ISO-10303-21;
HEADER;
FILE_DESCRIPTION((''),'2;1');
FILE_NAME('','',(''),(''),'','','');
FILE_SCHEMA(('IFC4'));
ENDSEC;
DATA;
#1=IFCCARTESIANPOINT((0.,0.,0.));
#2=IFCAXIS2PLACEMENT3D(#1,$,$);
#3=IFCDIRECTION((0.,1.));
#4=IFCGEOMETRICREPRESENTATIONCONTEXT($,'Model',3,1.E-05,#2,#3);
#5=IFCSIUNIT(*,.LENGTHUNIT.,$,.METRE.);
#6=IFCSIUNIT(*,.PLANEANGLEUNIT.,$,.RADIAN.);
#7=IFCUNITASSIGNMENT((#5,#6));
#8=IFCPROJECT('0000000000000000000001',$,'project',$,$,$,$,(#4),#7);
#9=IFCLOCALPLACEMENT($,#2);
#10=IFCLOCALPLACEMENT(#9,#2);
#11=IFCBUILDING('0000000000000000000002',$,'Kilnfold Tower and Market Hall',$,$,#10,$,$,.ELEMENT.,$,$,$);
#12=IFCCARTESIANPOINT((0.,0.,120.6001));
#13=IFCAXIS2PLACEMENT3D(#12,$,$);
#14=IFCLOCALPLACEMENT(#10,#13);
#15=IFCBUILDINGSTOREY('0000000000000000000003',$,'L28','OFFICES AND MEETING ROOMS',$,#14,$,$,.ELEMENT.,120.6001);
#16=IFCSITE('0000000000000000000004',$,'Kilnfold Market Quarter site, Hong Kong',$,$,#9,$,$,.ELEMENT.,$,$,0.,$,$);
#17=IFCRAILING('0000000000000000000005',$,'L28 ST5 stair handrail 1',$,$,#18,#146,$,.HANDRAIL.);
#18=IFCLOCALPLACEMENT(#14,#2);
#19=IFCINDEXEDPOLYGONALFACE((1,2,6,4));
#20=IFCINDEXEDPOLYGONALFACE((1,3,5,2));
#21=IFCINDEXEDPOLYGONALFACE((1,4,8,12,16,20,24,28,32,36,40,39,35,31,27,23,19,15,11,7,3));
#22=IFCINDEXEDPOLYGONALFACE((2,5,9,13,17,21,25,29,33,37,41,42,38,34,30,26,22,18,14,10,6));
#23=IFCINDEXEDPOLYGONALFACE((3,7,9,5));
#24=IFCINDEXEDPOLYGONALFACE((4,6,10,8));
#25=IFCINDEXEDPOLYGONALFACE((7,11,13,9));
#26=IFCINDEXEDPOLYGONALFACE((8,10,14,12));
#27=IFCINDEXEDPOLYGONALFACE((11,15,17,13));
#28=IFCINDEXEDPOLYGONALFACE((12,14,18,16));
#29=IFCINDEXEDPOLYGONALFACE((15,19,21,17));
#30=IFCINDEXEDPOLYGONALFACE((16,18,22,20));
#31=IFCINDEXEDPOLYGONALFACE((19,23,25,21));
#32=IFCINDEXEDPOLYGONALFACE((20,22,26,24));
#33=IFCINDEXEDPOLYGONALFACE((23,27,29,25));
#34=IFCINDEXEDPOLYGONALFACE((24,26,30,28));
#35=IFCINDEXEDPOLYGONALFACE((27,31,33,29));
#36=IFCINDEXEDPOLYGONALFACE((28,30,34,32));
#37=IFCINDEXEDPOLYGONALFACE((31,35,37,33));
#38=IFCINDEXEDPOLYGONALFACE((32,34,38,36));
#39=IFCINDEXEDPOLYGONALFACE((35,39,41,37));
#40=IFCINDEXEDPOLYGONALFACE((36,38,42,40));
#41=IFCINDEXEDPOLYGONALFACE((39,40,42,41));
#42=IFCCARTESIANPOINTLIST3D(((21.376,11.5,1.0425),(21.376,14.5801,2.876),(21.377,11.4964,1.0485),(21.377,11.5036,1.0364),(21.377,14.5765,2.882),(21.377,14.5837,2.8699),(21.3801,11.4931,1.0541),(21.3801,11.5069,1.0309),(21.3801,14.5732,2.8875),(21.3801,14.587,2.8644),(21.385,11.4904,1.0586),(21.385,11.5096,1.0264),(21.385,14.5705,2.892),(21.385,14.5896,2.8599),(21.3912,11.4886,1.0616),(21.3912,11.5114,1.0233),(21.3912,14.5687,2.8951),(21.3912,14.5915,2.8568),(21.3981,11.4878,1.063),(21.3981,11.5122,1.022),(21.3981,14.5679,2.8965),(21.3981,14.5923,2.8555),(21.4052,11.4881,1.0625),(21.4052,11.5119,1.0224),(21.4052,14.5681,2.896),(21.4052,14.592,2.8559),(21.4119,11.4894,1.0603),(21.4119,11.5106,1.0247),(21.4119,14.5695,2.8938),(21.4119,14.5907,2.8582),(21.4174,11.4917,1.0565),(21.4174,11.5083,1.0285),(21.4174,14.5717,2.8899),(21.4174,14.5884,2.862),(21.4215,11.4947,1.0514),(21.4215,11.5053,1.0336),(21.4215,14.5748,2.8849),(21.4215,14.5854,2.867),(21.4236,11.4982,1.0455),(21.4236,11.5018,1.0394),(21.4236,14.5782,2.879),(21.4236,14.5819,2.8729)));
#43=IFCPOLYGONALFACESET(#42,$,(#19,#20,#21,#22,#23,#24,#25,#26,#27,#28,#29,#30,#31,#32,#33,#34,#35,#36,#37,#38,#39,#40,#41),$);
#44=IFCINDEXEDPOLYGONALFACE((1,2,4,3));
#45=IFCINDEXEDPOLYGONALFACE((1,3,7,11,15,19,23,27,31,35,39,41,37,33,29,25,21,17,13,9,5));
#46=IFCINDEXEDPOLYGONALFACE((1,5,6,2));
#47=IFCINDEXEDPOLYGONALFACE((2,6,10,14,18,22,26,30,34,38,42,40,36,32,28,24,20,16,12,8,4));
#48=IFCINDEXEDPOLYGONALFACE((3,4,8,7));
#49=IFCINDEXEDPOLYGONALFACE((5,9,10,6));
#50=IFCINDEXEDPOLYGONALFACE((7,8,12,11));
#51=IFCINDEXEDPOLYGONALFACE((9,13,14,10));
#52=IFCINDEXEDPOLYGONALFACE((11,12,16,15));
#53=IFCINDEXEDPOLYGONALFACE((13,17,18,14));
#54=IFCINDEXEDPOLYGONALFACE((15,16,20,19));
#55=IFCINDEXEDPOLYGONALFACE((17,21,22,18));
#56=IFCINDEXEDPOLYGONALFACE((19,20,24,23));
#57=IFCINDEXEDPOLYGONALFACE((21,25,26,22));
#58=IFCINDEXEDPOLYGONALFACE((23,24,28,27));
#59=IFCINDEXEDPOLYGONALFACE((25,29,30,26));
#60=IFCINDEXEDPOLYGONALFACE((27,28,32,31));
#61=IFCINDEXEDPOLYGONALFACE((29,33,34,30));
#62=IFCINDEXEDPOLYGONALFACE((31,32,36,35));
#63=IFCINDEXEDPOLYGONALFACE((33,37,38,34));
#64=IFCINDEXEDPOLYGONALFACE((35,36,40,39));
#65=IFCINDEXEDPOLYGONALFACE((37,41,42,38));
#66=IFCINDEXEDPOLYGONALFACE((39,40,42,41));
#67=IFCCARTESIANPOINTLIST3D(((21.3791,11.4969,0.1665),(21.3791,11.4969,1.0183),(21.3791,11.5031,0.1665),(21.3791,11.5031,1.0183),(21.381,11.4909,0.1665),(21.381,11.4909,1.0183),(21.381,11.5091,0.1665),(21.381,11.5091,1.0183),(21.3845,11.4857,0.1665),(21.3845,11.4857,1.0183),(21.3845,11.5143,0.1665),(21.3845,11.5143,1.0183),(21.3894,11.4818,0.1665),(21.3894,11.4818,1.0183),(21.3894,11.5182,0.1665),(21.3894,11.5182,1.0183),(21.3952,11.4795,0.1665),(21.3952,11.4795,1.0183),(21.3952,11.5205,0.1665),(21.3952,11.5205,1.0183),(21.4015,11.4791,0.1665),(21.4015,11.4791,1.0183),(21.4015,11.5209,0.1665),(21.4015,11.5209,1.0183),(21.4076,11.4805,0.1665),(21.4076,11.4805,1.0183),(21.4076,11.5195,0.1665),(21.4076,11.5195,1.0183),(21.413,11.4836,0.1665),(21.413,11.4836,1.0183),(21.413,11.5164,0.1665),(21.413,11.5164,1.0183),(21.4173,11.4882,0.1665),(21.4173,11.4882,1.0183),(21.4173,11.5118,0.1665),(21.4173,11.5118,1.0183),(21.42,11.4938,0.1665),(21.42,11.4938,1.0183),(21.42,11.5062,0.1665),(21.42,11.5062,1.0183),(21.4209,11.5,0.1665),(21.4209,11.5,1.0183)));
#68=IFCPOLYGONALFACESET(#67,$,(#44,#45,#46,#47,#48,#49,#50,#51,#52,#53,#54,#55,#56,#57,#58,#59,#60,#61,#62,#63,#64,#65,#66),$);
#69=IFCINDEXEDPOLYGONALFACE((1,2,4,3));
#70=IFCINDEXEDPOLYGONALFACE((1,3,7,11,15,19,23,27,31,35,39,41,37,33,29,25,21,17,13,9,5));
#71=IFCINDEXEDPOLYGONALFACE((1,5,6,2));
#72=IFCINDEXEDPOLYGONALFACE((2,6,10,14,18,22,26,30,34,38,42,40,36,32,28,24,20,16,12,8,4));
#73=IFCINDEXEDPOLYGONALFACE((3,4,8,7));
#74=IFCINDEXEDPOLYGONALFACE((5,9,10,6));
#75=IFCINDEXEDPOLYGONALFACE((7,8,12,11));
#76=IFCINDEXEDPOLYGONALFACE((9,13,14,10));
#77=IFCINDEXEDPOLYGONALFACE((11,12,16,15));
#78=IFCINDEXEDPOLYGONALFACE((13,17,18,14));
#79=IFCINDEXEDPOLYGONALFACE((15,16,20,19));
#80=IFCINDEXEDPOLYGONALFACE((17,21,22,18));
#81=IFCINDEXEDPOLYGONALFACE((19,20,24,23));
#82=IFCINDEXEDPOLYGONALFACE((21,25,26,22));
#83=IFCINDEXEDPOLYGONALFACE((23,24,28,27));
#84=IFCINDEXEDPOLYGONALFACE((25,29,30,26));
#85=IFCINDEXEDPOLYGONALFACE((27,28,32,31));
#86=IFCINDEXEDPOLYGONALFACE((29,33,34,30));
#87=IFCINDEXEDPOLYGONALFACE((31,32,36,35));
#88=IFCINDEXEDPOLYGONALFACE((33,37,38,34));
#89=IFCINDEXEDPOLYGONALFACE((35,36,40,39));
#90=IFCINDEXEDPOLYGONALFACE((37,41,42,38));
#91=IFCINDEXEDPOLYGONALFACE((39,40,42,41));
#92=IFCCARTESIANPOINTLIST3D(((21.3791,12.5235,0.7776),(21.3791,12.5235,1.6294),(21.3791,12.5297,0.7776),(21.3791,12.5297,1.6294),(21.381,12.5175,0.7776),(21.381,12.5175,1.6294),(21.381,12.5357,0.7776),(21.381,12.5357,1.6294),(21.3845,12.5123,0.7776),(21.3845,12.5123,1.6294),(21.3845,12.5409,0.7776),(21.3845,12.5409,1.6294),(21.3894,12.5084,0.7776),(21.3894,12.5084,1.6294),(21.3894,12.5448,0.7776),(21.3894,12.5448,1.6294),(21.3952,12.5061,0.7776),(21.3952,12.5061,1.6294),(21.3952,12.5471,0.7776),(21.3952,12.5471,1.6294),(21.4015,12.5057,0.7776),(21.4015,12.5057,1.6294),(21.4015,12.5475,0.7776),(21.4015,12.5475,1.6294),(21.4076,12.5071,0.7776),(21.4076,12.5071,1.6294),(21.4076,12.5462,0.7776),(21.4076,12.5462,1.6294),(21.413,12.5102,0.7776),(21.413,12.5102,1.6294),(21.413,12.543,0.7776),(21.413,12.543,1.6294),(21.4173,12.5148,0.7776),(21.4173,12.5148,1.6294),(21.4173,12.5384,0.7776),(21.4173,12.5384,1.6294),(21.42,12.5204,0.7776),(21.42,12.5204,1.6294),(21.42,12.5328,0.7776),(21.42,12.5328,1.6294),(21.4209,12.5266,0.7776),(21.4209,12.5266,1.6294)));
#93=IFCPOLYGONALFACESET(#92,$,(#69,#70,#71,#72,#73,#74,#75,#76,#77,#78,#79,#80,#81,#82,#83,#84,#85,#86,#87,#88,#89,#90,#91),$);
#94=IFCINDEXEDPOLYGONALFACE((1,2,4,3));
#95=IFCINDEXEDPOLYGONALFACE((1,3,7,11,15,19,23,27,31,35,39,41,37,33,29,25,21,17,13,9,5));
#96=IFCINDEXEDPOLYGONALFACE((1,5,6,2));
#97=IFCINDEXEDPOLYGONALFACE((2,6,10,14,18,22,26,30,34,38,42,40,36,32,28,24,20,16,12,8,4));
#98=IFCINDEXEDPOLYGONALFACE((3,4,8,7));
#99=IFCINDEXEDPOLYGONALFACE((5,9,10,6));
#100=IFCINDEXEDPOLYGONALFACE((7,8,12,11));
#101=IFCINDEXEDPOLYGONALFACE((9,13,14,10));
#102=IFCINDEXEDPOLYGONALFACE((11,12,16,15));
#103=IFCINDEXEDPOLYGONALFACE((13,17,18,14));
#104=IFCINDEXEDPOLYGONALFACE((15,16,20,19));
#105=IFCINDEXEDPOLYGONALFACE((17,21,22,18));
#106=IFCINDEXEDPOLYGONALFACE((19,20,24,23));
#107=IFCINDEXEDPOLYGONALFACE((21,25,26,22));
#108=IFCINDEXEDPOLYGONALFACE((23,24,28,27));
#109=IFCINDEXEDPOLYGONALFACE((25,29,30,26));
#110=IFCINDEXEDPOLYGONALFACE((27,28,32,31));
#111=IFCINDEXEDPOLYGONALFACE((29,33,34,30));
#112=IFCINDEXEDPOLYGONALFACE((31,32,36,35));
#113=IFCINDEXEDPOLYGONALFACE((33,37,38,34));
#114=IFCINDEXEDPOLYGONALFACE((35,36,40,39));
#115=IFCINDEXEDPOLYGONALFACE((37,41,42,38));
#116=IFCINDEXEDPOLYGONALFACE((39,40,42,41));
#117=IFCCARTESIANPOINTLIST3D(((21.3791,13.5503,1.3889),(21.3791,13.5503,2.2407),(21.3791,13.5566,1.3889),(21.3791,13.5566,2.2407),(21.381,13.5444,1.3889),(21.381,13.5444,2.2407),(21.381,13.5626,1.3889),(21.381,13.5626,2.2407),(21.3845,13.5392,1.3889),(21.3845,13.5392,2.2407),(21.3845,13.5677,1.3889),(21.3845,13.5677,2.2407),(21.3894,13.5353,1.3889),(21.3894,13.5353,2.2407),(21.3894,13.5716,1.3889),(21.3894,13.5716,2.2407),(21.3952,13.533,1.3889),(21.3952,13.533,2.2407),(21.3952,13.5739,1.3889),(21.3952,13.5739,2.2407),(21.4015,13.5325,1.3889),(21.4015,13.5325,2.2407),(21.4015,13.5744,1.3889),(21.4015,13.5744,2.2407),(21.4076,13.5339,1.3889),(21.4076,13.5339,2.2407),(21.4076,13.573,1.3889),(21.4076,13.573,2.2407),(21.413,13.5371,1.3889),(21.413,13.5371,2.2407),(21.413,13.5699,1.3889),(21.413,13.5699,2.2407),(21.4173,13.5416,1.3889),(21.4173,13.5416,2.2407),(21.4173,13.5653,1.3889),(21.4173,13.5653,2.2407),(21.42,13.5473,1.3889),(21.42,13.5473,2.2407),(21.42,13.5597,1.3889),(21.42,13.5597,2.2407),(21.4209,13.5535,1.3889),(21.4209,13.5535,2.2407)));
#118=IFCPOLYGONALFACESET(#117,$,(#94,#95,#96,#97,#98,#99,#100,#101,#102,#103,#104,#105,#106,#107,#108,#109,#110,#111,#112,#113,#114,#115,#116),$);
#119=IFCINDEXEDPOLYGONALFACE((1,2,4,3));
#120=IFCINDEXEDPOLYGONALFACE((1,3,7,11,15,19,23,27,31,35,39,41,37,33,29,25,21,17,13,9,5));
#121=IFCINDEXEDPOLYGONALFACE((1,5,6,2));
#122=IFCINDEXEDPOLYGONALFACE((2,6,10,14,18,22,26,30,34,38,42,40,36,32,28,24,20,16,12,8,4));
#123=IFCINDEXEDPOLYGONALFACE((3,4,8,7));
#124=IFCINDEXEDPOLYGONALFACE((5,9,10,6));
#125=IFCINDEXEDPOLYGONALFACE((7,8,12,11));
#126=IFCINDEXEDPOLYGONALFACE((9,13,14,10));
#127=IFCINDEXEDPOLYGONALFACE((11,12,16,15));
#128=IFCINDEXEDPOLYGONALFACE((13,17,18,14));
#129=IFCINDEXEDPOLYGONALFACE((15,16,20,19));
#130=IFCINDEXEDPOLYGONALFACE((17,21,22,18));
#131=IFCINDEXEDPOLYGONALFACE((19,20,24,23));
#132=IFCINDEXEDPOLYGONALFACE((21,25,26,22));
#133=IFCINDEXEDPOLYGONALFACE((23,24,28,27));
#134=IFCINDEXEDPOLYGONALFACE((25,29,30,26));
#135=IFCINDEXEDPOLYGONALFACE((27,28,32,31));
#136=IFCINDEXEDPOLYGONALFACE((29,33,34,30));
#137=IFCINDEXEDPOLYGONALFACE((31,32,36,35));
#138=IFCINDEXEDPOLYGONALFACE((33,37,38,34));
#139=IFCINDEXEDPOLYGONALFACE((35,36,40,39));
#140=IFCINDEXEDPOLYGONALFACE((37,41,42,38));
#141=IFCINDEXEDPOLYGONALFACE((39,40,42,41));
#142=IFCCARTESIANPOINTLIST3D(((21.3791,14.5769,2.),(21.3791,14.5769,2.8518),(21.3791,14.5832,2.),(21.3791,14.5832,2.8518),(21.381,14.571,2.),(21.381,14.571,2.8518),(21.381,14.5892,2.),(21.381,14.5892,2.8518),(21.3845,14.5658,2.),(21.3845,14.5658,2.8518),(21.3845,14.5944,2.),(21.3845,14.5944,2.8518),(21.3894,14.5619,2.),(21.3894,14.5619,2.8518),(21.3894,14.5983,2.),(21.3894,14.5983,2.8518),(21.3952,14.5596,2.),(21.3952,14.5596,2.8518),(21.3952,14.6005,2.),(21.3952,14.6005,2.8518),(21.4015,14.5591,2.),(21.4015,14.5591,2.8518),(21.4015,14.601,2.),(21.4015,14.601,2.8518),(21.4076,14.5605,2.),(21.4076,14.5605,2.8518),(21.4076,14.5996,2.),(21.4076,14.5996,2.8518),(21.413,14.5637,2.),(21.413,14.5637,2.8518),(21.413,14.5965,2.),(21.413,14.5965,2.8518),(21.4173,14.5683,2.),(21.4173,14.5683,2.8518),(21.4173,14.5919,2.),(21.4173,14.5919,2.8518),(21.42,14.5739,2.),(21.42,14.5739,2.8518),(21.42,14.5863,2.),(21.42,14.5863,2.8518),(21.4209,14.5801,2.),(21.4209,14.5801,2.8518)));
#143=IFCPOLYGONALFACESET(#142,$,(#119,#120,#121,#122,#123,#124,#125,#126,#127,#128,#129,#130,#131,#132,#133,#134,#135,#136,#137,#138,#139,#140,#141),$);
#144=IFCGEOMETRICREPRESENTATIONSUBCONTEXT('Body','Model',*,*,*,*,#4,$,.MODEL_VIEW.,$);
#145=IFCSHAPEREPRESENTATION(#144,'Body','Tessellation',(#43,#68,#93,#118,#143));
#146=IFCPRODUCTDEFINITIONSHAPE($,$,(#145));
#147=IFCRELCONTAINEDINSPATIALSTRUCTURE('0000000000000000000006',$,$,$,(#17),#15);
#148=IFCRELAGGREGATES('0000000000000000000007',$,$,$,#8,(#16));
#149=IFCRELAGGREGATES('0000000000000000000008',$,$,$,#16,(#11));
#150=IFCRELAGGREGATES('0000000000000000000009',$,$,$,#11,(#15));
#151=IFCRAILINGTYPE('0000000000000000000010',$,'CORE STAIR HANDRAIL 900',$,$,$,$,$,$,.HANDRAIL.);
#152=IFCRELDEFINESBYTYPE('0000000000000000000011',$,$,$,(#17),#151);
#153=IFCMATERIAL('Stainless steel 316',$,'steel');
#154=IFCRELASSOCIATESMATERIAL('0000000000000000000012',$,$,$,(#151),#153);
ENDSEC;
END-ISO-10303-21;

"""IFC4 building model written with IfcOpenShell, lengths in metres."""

from ifc_helpers import new_model, si_unit, direction, frame, origin, origin_2d, place, context, subcontext, project, spatial, circle, extrude, material, type_object, element, save


model = new_model("IFC4")

# Units and contexts
model_context = context("Model", 3, precision=1e-05, world=origin(), true_north=direction((0.0, 1.0)))
body_context = subcontext(model_context, "Body", "Model", "MODEL_VIEW")
ifc_project = project(units=[si_unit("LENGTHUNIT", "METRE"), si_unit("PLANEANGLEUNIT", "RADIAN")], contexts=[model_context])

# Site, building, storey
site_placement = place(None, origin())
site = spatial("IfcSite", under=ifc_project, at=site_placement, Name="Kilnfold Market Quarter site, Hong Kong", CompositionType="ELEMENT", RefElevation=0.0)
building_placement = place(site_placement, origin())
building = spatial("IfcBuilding", under=site, at=building_placement, Name="Kilnfold Tower and Market Hall", CompositionType="ELEMENT")
storey_placement = place(building_placement, frame((0.0, 0.0, 120.6001)))
storey = spatial("IfcBuildingStorey", under=building, at=storey_placement, Name="L28", Description="OFFICES AND MEETING ROOMS", CompositionType="ELEMENT", Elevation=120.6001)

# Railing
ifc_material_1 = material(Name="Stainless steel 316", Category="steel")
railing_type_1 = type_object("IfcRailingType", Name="CORE STAIR HANDRAIL 900", PredefinedType="HANDRAIL", material=ifc_material_1)
railing_1_placement = place(storey_placement, frame((21.3999, 11.5, 0.1665)))
element("IfcRailing", 1, at=railing_1_placement, inside=storey, type_object=railing_type_1, Name="L28 ST5 stair handrail 1", PredefinedType="HANDRAIL", context=body_context, shape_type="SweptSolid", body=[
    extrude(circle(Radius=0.0239, at=origin_2d()), frame((0.0, 0.0, 0.876), z_axis=(0.0, 0.859279, 0.511508), x_axis=(-1.0, 0.0, 0.0)), (0.0, 0.0, 1.0), 3.5845),
    extrude(circle(Radius=0.021, at=origin_2d()), origin(), (0.0, 0.0, 1.0), 0.8518),
    extrude(circle(Radius=0.021, at=origin_2d()), frame((0.0, 1.0266, 0.6111)), (0.0, 0.0, 1.0), 0.8518),
    extrude(circle(Radius=0.021, at=origin_2d()), frame((0.0, 2.0535, 1.2224)), (0.0, 0.0, 1.0), 0.8518),
    extrude(circle(Radius=0.021, at=origin_2d()), frame((0.0, 3.0801, 1.8335)), (0.0, 0.0, 1.0), 0.8518),
])

save(model, "model.ifc")
